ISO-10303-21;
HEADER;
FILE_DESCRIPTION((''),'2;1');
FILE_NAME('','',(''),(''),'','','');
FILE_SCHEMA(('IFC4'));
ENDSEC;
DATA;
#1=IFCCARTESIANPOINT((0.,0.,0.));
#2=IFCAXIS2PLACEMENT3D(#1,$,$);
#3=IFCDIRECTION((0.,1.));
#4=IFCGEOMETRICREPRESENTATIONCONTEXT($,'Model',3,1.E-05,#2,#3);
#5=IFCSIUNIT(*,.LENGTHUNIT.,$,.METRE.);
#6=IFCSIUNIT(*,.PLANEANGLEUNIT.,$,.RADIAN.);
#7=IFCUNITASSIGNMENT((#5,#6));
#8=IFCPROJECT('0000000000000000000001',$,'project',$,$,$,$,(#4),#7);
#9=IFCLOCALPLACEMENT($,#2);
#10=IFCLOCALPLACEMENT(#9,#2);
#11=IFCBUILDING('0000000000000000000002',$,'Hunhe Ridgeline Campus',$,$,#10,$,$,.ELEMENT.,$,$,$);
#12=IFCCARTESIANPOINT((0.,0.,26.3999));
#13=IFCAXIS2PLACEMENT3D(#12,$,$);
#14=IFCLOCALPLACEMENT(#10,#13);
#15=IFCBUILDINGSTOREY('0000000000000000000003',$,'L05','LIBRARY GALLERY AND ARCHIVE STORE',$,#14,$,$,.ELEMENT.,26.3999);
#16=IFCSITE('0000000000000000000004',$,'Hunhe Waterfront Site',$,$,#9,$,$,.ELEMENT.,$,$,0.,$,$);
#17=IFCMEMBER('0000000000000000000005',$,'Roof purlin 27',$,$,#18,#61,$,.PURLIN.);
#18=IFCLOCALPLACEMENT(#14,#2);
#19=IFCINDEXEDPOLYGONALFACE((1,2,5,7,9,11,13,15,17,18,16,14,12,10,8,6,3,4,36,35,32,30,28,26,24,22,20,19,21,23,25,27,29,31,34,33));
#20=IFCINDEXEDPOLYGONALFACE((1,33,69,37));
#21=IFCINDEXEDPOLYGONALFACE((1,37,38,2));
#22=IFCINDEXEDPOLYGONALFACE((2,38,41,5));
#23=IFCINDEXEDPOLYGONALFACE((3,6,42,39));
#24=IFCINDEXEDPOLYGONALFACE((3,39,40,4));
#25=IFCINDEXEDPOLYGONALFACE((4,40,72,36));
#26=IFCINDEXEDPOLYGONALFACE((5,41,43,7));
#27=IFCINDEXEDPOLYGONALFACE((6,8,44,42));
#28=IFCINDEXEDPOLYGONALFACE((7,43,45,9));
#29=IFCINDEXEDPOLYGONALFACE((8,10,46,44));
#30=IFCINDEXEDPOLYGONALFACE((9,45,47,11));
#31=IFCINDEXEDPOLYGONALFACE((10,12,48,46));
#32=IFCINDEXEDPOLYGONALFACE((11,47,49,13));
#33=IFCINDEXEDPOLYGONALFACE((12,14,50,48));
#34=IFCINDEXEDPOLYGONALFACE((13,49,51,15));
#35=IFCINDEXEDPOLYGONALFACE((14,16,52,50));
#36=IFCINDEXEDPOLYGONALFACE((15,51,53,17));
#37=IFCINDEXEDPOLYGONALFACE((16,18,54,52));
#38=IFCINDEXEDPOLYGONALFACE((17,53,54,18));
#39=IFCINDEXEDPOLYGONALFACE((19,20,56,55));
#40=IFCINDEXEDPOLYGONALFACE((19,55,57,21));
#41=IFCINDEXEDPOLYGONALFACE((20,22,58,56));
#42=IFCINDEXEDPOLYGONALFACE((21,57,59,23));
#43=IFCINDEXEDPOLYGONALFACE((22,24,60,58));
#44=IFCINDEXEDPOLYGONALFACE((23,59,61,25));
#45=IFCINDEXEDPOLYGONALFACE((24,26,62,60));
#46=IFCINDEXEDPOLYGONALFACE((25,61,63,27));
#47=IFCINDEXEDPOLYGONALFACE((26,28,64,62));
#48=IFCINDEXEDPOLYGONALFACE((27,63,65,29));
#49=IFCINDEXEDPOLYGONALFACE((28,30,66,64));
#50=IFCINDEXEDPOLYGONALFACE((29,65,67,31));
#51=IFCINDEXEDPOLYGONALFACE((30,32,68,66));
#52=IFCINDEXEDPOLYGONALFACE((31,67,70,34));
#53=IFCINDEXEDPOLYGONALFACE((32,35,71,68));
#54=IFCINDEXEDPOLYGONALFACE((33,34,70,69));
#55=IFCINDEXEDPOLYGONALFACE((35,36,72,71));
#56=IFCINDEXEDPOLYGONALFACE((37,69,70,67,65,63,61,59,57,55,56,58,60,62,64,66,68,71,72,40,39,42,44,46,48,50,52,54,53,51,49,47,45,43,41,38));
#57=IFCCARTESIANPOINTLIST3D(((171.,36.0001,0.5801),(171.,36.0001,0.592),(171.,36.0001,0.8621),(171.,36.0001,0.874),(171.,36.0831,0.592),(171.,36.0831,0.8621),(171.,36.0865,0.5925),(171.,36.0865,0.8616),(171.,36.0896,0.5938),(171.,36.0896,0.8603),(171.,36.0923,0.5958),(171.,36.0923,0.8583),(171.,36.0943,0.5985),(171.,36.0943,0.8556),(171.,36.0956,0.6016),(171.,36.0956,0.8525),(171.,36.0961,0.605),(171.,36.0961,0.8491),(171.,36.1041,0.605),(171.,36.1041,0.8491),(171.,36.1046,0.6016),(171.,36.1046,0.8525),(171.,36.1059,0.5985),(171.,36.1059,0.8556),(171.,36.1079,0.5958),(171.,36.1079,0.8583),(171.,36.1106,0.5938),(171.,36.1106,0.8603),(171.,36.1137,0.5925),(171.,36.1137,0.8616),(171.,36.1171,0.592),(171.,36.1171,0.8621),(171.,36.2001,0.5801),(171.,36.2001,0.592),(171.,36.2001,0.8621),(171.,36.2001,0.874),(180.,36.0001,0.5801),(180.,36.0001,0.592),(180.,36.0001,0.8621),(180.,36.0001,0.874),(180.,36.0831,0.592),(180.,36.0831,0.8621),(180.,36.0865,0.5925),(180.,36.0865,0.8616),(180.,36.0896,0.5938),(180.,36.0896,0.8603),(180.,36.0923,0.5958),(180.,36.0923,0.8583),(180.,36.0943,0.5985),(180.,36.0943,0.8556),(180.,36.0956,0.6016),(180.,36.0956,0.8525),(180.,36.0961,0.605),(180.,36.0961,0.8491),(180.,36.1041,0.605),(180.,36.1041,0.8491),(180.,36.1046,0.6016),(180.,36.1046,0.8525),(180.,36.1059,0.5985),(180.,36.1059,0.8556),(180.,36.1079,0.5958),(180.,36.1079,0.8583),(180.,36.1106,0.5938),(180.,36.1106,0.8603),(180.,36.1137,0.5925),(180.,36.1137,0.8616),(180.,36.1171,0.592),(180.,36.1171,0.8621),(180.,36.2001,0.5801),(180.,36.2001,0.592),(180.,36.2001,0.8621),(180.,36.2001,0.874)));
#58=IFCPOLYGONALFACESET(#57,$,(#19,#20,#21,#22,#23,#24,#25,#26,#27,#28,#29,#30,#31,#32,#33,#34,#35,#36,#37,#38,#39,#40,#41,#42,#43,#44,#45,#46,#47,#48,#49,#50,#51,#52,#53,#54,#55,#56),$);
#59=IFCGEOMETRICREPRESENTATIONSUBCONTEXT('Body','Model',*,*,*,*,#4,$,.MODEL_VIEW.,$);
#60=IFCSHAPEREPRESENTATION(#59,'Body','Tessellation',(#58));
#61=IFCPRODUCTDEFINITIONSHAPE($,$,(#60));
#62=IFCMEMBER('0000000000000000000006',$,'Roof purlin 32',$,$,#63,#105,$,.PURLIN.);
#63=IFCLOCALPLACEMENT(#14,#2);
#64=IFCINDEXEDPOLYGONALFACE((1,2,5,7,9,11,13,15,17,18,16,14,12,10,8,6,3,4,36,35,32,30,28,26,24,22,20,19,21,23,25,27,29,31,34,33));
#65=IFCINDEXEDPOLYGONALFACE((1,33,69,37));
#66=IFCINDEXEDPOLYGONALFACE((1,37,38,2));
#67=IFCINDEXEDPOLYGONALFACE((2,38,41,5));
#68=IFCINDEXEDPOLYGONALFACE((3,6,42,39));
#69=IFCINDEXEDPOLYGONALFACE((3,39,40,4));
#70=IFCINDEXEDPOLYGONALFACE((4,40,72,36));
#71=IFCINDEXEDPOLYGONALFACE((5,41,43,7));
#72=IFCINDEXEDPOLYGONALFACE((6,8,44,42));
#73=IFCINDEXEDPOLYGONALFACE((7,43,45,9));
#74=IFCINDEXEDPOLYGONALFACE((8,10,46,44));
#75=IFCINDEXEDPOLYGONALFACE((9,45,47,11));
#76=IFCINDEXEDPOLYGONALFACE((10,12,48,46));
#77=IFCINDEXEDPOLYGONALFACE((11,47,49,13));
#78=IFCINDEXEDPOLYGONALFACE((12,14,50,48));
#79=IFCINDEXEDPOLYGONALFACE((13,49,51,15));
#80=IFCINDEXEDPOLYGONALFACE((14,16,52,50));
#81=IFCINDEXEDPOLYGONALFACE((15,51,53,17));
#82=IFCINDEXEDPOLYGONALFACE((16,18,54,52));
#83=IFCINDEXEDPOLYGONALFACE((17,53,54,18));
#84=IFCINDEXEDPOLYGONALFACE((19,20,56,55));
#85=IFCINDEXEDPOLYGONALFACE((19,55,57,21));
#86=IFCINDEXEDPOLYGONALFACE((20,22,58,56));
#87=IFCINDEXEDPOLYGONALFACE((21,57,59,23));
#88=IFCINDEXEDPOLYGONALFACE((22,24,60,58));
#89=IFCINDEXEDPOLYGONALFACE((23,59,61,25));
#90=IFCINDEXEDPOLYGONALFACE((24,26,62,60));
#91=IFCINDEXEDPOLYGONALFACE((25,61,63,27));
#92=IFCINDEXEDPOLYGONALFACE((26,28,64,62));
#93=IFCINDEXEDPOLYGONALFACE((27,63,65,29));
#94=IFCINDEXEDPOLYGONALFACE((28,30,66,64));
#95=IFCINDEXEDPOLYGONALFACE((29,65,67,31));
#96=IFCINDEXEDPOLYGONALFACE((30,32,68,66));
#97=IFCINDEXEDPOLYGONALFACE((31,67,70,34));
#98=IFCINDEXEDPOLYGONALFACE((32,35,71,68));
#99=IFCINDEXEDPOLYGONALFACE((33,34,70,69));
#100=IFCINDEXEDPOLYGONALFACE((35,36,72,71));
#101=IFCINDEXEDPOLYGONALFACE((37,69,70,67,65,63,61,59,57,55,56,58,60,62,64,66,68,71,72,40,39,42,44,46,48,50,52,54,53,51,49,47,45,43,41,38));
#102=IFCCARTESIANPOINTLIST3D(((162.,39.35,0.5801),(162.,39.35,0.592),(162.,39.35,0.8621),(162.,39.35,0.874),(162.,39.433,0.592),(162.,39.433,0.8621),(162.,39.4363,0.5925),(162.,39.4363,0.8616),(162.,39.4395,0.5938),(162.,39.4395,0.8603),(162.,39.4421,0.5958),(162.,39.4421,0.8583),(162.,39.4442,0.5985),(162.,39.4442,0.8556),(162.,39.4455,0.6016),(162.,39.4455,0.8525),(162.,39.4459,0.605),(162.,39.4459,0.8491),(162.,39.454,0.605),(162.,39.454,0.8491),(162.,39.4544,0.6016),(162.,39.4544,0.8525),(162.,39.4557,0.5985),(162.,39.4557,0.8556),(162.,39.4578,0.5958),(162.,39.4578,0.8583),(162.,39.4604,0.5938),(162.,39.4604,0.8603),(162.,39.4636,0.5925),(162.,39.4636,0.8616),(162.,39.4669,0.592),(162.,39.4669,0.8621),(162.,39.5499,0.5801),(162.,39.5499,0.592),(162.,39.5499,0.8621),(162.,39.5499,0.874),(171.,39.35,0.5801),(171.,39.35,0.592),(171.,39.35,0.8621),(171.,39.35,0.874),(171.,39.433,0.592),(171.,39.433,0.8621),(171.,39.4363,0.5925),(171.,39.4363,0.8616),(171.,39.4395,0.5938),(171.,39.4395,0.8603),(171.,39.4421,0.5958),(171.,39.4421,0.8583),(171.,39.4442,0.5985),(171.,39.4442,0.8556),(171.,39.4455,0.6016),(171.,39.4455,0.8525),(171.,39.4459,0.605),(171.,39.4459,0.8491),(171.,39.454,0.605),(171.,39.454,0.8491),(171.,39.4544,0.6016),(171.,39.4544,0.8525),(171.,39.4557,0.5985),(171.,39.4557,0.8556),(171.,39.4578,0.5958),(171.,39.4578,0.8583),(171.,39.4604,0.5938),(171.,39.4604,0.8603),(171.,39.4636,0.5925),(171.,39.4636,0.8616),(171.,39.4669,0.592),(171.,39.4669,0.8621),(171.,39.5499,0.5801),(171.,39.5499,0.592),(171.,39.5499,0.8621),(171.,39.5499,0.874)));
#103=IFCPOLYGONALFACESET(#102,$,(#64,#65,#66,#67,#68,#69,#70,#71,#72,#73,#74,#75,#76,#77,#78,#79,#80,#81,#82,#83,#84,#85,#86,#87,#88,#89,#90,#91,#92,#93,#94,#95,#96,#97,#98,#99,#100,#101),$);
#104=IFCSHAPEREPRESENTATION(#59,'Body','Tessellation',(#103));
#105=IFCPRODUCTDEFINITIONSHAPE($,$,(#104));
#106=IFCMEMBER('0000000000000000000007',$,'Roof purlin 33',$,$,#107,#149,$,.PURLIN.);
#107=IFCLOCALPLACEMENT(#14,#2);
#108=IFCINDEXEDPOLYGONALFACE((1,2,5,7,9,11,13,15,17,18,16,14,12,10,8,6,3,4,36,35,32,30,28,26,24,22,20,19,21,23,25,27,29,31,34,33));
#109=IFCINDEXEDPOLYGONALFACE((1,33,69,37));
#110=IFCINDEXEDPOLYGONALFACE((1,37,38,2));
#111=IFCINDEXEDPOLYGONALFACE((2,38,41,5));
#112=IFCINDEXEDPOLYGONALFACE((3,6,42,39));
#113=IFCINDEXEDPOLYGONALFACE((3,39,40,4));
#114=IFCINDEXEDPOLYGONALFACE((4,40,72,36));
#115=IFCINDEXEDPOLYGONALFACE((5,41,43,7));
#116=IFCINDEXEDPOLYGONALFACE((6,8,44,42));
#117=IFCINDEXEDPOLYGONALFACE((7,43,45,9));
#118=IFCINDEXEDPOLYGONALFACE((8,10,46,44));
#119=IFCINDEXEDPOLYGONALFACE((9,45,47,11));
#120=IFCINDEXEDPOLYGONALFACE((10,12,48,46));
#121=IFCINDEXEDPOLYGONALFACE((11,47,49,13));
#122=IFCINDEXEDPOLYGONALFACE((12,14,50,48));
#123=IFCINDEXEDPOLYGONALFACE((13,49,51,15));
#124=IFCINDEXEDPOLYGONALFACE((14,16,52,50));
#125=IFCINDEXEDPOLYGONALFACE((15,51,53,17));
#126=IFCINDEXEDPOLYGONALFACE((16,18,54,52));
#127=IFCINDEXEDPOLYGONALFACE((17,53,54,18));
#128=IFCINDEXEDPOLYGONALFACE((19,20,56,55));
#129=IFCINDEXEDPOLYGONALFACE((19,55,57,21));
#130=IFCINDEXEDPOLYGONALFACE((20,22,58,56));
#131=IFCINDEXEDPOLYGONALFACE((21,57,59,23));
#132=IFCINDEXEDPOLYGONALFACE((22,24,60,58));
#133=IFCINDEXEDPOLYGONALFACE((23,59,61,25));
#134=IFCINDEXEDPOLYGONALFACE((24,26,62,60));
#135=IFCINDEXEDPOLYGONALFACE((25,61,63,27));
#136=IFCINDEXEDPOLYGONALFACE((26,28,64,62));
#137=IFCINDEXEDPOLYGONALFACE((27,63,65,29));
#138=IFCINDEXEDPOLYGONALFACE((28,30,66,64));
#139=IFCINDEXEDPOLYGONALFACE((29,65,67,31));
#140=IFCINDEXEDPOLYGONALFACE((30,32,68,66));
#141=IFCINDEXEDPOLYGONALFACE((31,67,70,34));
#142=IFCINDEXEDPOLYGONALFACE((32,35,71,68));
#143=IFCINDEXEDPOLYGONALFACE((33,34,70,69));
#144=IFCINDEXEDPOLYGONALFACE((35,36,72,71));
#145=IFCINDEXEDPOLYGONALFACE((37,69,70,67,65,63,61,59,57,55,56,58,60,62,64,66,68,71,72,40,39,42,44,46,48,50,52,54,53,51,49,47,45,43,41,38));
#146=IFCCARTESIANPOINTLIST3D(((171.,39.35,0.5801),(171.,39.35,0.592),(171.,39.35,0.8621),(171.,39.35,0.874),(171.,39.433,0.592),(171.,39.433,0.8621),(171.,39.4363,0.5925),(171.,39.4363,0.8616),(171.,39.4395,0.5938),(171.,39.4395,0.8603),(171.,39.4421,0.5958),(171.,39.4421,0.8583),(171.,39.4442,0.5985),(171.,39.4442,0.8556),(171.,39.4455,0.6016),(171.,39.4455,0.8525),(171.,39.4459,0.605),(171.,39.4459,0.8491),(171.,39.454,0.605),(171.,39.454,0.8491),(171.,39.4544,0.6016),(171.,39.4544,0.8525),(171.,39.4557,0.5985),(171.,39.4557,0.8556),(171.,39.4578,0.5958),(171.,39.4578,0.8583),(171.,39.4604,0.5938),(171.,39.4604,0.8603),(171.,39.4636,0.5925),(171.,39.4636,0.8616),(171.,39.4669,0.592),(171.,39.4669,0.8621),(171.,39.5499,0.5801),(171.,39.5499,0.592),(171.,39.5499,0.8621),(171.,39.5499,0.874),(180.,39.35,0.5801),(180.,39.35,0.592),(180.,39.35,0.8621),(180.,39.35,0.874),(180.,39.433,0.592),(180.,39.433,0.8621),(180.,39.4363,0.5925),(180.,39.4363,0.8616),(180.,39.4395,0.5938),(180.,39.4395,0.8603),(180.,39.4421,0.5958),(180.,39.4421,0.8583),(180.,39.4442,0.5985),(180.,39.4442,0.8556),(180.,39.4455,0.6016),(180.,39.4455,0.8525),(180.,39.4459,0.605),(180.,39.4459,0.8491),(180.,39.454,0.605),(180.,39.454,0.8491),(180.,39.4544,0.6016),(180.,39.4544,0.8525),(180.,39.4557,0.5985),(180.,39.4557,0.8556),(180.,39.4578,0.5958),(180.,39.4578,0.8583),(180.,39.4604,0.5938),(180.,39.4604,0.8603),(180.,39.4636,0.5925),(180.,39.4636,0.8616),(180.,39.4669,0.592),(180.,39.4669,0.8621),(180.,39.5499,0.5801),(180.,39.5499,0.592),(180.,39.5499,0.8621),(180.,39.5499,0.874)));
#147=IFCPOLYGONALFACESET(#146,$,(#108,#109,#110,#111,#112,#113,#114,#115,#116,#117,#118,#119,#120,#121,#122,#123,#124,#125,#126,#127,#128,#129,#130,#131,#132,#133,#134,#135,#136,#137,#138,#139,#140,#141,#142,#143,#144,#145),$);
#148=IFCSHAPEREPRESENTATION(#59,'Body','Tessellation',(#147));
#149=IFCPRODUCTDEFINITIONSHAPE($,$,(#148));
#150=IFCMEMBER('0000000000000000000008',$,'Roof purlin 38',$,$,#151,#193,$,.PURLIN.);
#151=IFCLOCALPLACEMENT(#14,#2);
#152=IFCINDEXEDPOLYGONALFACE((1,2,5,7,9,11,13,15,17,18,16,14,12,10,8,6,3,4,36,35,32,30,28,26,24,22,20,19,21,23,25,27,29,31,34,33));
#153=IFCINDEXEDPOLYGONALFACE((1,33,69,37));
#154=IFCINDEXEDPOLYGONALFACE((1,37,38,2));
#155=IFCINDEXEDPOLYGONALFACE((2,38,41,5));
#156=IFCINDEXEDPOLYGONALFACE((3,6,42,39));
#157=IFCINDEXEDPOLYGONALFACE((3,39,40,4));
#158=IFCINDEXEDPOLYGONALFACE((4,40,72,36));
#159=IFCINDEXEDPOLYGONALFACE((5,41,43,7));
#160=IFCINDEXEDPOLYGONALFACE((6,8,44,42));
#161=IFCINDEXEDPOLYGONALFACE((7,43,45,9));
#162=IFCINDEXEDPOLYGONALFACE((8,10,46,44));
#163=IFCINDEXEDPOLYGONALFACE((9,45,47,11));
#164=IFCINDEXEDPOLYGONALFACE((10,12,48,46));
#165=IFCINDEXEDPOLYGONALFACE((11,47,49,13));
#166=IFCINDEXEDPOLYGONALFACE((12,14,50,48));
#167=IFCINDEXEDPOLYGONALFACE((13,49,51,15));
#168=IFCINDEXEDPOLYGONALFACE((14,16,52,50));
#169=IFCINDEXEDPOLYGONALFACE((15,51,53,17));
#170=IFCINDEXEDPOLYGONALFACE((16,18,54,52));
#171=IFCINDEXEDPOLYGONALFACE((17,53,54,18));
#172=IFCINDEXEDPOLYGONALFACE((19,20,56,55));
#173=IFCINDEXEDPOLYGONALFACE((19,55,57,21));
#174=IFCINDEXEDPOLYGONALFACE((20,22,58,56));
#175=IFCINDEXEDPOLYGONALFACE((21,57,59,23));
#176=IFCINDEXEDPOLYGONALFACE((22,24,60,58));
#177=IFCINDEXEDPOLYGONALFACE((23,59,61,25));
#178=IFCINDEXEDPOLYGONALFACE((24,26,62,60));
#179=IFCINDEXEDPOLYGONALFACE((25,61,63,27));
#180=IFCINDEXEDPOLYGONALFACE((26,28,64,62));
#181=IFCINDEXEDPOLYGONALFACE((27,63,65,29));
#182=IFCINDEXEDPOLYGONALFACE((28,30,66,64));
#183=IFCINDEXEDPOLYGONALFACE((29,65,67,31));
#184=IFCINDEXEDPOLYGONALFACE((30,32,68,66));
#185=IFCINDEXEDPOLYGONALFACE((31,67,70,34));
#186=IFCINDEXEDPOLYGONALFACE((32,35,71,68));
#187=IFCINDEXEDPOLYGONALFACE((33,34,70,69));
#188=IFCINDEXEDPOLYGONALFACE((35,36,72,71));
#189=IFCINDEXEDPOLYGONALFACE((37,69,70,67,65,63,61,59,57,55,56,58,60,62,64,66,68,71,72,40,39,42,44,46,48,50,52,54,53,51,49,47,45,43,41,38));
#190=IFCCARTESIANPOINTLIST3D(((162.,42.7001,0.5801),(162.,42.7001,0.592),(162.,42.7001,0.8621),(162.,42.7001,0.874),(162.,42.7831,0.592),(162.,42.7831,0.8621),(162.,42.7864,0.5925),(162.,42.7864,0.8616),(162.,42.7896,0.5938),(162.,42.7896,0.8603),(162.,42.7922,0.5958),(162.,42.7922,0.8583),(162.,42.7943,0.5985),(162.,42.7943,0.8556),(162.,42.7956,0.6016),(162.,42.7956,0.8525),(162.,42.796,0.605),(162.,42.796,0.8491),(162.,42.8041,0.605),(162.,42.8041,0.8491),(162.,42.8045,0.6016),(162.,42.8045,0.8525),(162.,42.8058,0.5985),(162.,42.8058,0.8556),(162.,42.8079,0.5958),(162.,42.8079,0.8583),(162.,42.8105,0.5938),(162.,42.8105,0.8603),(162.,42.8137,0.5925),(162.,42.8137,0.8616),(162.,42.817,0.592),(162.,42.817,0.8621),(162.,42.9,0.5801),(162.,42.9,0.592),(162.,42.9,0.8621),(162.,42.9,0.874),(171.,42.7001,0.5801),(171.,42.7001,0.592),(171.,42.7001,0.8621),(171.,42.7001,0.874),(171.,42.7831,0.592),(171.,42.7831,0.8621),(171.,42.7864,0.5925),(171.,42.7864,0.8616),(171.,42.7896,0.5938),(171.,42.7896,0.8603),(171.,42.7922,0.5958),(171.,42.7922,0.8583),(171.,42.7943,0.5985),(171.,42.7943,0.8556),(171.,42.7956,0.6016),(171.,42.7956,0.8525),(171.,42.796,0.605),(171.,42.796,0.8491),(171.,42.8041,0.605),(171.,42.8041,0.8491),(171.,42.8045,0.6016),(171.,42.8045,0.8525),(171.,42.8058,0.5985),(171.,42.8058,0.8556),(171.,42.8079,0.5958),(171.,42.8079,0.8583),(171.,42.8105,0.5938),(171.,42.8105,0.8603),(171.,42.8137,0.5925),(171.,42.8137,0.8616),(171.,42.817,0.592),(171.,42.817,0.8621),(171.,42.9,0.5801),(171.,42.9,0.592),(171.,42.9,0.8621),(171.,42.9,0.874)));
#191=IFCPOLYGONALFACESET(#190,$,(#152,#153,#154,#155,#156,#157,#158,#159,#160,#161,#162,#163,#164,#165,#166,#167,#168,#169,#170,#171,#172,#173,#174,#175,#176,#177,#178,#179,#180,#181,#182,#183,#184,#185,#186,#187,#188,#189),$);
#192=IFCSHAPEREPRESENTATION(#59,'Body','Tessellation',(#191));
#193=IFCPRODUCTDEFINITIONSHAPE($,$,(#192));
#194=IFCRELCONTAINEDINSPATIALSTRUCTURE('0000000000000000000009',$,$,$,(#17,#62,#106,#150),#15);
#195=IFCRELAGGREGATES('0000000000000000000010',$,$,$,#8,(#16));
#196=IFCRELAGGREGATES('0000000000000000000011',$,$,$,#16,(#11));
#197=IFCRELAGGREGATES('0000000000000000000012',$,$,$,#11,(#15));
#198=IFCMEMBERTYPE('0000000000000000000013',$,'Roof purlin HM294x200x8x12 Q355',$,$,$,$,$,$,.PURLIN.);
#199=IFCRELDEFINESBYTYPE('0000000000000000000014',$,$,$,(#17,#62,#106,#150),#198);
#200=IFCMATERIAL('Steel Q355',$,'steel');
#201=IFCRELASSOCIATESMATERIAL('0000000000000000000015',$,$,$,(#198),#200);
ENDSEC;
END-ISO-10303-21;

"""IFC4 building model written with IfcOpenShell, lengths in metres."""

from ifc_helpers import new_model, si_unit, direction, frame, origin, origin_2d, place, context, subcontext, project, spatial, i_section, extrude, material, material_profile, profile_set, type_object, element, save


model = new_model("IFC4")

# Units and contexts
model_context = context("Model", 3, precision=1e-05, world=origin(), true_north=direction((0.0, 1.0)))
body_context = subcontext(model_context, "Body", "Model", "MODEL_VIEW")
ifc_project = project(units=[si_unit("LENGTHUNIT", "METRE"), si_unit("PLANEANGLEUNIT", "RADIAN")], contexts=[model_context])

# Site, building, storey
site_placement = place(None, origin())
site = spatial("IfcSite", under=ifc_project, at=site_placement, Name="Hunhe Waterfront Site", CompositionType="ELEMENT", RefElevation=0.0)
building_placement = place(site_placement, origin())
building = spatial("IfcBuilding", under=site, at=building_placement, Name="Hunhe Ridgeline Campus", CompositionType="ELEMENT")
storey_placement = place(building_placement, frame((0.0, 0.0, 26.3999)))
storey = spatial("IfcBuildingStorey", under=building, at=storey_placement, Name="L05", Description="LIBRARY GALLERY AND ARCHIVE STORE", CompositionType="ELEMENT", Elevation=26.3999)

# Members
ifc_material = material(Name="Steel Q355", Category="steel")
ifc_material_profile_1 = material_profile(ifc_material, i_section(OverallWidth=0.2, OverallDepth=0.2939, WebThickness=0.0081, FlangeThickness=0.012, FilletRadius=0.0129, at=origin_2d()))
ifc_profile_set_1 = profile_set([ifc_material_profile_1], Name="Steel Q355")
member_type_1 = type_object("IfcMemberType", Name="Roof purlin HM294x200x8x12 Q355", PredefinedType="PURLIN", material=ifc_profile_set_1)
for number, where, z_axis, x_axis, name in (
    (1, (171.0, 36.1001, 0.7271), (1.0, 0.0, 0.0), (0.0, 1.0, 0.0), "Roof purlin 27"),
    (2, (162.0, 39.45, 0.7271), (1.0, 0.0, 0.0), (0.0, 1.0, 0.0), "Roof purlin 32"),
    (3, (171.0, 39.45, 0.7271), (1.0, 0.0, 0.0), (0.0, 1.0, 0.0), "Roof purlin 33"),
    (4, (162.0, 42.8, 0.7271), (1.0, 0.0, 0.0), (0.0, 1.0, 0.0), "Roof purlin 38"),
):
    element("IfcMember", number, at=place(storey_placement, frame(where, z_axis=z_axis, x_axis=x_axis)), inside=storey, type_object=member_type_1, Name=name, PredefinedType="PURLIN", context=body_context, shape_type="SweptSolid", body=[
        extrude(i_section(OverallWidth=0.2, OverallDepth=0.2939, WebThickness=0.0081, FlangeThickness=0.012, FilletRadius=0.0129, at=origin_2d()), origin(), (0.0, 0.0, 1.0), 9.0),
    ])

save(model, "model.ifc")
